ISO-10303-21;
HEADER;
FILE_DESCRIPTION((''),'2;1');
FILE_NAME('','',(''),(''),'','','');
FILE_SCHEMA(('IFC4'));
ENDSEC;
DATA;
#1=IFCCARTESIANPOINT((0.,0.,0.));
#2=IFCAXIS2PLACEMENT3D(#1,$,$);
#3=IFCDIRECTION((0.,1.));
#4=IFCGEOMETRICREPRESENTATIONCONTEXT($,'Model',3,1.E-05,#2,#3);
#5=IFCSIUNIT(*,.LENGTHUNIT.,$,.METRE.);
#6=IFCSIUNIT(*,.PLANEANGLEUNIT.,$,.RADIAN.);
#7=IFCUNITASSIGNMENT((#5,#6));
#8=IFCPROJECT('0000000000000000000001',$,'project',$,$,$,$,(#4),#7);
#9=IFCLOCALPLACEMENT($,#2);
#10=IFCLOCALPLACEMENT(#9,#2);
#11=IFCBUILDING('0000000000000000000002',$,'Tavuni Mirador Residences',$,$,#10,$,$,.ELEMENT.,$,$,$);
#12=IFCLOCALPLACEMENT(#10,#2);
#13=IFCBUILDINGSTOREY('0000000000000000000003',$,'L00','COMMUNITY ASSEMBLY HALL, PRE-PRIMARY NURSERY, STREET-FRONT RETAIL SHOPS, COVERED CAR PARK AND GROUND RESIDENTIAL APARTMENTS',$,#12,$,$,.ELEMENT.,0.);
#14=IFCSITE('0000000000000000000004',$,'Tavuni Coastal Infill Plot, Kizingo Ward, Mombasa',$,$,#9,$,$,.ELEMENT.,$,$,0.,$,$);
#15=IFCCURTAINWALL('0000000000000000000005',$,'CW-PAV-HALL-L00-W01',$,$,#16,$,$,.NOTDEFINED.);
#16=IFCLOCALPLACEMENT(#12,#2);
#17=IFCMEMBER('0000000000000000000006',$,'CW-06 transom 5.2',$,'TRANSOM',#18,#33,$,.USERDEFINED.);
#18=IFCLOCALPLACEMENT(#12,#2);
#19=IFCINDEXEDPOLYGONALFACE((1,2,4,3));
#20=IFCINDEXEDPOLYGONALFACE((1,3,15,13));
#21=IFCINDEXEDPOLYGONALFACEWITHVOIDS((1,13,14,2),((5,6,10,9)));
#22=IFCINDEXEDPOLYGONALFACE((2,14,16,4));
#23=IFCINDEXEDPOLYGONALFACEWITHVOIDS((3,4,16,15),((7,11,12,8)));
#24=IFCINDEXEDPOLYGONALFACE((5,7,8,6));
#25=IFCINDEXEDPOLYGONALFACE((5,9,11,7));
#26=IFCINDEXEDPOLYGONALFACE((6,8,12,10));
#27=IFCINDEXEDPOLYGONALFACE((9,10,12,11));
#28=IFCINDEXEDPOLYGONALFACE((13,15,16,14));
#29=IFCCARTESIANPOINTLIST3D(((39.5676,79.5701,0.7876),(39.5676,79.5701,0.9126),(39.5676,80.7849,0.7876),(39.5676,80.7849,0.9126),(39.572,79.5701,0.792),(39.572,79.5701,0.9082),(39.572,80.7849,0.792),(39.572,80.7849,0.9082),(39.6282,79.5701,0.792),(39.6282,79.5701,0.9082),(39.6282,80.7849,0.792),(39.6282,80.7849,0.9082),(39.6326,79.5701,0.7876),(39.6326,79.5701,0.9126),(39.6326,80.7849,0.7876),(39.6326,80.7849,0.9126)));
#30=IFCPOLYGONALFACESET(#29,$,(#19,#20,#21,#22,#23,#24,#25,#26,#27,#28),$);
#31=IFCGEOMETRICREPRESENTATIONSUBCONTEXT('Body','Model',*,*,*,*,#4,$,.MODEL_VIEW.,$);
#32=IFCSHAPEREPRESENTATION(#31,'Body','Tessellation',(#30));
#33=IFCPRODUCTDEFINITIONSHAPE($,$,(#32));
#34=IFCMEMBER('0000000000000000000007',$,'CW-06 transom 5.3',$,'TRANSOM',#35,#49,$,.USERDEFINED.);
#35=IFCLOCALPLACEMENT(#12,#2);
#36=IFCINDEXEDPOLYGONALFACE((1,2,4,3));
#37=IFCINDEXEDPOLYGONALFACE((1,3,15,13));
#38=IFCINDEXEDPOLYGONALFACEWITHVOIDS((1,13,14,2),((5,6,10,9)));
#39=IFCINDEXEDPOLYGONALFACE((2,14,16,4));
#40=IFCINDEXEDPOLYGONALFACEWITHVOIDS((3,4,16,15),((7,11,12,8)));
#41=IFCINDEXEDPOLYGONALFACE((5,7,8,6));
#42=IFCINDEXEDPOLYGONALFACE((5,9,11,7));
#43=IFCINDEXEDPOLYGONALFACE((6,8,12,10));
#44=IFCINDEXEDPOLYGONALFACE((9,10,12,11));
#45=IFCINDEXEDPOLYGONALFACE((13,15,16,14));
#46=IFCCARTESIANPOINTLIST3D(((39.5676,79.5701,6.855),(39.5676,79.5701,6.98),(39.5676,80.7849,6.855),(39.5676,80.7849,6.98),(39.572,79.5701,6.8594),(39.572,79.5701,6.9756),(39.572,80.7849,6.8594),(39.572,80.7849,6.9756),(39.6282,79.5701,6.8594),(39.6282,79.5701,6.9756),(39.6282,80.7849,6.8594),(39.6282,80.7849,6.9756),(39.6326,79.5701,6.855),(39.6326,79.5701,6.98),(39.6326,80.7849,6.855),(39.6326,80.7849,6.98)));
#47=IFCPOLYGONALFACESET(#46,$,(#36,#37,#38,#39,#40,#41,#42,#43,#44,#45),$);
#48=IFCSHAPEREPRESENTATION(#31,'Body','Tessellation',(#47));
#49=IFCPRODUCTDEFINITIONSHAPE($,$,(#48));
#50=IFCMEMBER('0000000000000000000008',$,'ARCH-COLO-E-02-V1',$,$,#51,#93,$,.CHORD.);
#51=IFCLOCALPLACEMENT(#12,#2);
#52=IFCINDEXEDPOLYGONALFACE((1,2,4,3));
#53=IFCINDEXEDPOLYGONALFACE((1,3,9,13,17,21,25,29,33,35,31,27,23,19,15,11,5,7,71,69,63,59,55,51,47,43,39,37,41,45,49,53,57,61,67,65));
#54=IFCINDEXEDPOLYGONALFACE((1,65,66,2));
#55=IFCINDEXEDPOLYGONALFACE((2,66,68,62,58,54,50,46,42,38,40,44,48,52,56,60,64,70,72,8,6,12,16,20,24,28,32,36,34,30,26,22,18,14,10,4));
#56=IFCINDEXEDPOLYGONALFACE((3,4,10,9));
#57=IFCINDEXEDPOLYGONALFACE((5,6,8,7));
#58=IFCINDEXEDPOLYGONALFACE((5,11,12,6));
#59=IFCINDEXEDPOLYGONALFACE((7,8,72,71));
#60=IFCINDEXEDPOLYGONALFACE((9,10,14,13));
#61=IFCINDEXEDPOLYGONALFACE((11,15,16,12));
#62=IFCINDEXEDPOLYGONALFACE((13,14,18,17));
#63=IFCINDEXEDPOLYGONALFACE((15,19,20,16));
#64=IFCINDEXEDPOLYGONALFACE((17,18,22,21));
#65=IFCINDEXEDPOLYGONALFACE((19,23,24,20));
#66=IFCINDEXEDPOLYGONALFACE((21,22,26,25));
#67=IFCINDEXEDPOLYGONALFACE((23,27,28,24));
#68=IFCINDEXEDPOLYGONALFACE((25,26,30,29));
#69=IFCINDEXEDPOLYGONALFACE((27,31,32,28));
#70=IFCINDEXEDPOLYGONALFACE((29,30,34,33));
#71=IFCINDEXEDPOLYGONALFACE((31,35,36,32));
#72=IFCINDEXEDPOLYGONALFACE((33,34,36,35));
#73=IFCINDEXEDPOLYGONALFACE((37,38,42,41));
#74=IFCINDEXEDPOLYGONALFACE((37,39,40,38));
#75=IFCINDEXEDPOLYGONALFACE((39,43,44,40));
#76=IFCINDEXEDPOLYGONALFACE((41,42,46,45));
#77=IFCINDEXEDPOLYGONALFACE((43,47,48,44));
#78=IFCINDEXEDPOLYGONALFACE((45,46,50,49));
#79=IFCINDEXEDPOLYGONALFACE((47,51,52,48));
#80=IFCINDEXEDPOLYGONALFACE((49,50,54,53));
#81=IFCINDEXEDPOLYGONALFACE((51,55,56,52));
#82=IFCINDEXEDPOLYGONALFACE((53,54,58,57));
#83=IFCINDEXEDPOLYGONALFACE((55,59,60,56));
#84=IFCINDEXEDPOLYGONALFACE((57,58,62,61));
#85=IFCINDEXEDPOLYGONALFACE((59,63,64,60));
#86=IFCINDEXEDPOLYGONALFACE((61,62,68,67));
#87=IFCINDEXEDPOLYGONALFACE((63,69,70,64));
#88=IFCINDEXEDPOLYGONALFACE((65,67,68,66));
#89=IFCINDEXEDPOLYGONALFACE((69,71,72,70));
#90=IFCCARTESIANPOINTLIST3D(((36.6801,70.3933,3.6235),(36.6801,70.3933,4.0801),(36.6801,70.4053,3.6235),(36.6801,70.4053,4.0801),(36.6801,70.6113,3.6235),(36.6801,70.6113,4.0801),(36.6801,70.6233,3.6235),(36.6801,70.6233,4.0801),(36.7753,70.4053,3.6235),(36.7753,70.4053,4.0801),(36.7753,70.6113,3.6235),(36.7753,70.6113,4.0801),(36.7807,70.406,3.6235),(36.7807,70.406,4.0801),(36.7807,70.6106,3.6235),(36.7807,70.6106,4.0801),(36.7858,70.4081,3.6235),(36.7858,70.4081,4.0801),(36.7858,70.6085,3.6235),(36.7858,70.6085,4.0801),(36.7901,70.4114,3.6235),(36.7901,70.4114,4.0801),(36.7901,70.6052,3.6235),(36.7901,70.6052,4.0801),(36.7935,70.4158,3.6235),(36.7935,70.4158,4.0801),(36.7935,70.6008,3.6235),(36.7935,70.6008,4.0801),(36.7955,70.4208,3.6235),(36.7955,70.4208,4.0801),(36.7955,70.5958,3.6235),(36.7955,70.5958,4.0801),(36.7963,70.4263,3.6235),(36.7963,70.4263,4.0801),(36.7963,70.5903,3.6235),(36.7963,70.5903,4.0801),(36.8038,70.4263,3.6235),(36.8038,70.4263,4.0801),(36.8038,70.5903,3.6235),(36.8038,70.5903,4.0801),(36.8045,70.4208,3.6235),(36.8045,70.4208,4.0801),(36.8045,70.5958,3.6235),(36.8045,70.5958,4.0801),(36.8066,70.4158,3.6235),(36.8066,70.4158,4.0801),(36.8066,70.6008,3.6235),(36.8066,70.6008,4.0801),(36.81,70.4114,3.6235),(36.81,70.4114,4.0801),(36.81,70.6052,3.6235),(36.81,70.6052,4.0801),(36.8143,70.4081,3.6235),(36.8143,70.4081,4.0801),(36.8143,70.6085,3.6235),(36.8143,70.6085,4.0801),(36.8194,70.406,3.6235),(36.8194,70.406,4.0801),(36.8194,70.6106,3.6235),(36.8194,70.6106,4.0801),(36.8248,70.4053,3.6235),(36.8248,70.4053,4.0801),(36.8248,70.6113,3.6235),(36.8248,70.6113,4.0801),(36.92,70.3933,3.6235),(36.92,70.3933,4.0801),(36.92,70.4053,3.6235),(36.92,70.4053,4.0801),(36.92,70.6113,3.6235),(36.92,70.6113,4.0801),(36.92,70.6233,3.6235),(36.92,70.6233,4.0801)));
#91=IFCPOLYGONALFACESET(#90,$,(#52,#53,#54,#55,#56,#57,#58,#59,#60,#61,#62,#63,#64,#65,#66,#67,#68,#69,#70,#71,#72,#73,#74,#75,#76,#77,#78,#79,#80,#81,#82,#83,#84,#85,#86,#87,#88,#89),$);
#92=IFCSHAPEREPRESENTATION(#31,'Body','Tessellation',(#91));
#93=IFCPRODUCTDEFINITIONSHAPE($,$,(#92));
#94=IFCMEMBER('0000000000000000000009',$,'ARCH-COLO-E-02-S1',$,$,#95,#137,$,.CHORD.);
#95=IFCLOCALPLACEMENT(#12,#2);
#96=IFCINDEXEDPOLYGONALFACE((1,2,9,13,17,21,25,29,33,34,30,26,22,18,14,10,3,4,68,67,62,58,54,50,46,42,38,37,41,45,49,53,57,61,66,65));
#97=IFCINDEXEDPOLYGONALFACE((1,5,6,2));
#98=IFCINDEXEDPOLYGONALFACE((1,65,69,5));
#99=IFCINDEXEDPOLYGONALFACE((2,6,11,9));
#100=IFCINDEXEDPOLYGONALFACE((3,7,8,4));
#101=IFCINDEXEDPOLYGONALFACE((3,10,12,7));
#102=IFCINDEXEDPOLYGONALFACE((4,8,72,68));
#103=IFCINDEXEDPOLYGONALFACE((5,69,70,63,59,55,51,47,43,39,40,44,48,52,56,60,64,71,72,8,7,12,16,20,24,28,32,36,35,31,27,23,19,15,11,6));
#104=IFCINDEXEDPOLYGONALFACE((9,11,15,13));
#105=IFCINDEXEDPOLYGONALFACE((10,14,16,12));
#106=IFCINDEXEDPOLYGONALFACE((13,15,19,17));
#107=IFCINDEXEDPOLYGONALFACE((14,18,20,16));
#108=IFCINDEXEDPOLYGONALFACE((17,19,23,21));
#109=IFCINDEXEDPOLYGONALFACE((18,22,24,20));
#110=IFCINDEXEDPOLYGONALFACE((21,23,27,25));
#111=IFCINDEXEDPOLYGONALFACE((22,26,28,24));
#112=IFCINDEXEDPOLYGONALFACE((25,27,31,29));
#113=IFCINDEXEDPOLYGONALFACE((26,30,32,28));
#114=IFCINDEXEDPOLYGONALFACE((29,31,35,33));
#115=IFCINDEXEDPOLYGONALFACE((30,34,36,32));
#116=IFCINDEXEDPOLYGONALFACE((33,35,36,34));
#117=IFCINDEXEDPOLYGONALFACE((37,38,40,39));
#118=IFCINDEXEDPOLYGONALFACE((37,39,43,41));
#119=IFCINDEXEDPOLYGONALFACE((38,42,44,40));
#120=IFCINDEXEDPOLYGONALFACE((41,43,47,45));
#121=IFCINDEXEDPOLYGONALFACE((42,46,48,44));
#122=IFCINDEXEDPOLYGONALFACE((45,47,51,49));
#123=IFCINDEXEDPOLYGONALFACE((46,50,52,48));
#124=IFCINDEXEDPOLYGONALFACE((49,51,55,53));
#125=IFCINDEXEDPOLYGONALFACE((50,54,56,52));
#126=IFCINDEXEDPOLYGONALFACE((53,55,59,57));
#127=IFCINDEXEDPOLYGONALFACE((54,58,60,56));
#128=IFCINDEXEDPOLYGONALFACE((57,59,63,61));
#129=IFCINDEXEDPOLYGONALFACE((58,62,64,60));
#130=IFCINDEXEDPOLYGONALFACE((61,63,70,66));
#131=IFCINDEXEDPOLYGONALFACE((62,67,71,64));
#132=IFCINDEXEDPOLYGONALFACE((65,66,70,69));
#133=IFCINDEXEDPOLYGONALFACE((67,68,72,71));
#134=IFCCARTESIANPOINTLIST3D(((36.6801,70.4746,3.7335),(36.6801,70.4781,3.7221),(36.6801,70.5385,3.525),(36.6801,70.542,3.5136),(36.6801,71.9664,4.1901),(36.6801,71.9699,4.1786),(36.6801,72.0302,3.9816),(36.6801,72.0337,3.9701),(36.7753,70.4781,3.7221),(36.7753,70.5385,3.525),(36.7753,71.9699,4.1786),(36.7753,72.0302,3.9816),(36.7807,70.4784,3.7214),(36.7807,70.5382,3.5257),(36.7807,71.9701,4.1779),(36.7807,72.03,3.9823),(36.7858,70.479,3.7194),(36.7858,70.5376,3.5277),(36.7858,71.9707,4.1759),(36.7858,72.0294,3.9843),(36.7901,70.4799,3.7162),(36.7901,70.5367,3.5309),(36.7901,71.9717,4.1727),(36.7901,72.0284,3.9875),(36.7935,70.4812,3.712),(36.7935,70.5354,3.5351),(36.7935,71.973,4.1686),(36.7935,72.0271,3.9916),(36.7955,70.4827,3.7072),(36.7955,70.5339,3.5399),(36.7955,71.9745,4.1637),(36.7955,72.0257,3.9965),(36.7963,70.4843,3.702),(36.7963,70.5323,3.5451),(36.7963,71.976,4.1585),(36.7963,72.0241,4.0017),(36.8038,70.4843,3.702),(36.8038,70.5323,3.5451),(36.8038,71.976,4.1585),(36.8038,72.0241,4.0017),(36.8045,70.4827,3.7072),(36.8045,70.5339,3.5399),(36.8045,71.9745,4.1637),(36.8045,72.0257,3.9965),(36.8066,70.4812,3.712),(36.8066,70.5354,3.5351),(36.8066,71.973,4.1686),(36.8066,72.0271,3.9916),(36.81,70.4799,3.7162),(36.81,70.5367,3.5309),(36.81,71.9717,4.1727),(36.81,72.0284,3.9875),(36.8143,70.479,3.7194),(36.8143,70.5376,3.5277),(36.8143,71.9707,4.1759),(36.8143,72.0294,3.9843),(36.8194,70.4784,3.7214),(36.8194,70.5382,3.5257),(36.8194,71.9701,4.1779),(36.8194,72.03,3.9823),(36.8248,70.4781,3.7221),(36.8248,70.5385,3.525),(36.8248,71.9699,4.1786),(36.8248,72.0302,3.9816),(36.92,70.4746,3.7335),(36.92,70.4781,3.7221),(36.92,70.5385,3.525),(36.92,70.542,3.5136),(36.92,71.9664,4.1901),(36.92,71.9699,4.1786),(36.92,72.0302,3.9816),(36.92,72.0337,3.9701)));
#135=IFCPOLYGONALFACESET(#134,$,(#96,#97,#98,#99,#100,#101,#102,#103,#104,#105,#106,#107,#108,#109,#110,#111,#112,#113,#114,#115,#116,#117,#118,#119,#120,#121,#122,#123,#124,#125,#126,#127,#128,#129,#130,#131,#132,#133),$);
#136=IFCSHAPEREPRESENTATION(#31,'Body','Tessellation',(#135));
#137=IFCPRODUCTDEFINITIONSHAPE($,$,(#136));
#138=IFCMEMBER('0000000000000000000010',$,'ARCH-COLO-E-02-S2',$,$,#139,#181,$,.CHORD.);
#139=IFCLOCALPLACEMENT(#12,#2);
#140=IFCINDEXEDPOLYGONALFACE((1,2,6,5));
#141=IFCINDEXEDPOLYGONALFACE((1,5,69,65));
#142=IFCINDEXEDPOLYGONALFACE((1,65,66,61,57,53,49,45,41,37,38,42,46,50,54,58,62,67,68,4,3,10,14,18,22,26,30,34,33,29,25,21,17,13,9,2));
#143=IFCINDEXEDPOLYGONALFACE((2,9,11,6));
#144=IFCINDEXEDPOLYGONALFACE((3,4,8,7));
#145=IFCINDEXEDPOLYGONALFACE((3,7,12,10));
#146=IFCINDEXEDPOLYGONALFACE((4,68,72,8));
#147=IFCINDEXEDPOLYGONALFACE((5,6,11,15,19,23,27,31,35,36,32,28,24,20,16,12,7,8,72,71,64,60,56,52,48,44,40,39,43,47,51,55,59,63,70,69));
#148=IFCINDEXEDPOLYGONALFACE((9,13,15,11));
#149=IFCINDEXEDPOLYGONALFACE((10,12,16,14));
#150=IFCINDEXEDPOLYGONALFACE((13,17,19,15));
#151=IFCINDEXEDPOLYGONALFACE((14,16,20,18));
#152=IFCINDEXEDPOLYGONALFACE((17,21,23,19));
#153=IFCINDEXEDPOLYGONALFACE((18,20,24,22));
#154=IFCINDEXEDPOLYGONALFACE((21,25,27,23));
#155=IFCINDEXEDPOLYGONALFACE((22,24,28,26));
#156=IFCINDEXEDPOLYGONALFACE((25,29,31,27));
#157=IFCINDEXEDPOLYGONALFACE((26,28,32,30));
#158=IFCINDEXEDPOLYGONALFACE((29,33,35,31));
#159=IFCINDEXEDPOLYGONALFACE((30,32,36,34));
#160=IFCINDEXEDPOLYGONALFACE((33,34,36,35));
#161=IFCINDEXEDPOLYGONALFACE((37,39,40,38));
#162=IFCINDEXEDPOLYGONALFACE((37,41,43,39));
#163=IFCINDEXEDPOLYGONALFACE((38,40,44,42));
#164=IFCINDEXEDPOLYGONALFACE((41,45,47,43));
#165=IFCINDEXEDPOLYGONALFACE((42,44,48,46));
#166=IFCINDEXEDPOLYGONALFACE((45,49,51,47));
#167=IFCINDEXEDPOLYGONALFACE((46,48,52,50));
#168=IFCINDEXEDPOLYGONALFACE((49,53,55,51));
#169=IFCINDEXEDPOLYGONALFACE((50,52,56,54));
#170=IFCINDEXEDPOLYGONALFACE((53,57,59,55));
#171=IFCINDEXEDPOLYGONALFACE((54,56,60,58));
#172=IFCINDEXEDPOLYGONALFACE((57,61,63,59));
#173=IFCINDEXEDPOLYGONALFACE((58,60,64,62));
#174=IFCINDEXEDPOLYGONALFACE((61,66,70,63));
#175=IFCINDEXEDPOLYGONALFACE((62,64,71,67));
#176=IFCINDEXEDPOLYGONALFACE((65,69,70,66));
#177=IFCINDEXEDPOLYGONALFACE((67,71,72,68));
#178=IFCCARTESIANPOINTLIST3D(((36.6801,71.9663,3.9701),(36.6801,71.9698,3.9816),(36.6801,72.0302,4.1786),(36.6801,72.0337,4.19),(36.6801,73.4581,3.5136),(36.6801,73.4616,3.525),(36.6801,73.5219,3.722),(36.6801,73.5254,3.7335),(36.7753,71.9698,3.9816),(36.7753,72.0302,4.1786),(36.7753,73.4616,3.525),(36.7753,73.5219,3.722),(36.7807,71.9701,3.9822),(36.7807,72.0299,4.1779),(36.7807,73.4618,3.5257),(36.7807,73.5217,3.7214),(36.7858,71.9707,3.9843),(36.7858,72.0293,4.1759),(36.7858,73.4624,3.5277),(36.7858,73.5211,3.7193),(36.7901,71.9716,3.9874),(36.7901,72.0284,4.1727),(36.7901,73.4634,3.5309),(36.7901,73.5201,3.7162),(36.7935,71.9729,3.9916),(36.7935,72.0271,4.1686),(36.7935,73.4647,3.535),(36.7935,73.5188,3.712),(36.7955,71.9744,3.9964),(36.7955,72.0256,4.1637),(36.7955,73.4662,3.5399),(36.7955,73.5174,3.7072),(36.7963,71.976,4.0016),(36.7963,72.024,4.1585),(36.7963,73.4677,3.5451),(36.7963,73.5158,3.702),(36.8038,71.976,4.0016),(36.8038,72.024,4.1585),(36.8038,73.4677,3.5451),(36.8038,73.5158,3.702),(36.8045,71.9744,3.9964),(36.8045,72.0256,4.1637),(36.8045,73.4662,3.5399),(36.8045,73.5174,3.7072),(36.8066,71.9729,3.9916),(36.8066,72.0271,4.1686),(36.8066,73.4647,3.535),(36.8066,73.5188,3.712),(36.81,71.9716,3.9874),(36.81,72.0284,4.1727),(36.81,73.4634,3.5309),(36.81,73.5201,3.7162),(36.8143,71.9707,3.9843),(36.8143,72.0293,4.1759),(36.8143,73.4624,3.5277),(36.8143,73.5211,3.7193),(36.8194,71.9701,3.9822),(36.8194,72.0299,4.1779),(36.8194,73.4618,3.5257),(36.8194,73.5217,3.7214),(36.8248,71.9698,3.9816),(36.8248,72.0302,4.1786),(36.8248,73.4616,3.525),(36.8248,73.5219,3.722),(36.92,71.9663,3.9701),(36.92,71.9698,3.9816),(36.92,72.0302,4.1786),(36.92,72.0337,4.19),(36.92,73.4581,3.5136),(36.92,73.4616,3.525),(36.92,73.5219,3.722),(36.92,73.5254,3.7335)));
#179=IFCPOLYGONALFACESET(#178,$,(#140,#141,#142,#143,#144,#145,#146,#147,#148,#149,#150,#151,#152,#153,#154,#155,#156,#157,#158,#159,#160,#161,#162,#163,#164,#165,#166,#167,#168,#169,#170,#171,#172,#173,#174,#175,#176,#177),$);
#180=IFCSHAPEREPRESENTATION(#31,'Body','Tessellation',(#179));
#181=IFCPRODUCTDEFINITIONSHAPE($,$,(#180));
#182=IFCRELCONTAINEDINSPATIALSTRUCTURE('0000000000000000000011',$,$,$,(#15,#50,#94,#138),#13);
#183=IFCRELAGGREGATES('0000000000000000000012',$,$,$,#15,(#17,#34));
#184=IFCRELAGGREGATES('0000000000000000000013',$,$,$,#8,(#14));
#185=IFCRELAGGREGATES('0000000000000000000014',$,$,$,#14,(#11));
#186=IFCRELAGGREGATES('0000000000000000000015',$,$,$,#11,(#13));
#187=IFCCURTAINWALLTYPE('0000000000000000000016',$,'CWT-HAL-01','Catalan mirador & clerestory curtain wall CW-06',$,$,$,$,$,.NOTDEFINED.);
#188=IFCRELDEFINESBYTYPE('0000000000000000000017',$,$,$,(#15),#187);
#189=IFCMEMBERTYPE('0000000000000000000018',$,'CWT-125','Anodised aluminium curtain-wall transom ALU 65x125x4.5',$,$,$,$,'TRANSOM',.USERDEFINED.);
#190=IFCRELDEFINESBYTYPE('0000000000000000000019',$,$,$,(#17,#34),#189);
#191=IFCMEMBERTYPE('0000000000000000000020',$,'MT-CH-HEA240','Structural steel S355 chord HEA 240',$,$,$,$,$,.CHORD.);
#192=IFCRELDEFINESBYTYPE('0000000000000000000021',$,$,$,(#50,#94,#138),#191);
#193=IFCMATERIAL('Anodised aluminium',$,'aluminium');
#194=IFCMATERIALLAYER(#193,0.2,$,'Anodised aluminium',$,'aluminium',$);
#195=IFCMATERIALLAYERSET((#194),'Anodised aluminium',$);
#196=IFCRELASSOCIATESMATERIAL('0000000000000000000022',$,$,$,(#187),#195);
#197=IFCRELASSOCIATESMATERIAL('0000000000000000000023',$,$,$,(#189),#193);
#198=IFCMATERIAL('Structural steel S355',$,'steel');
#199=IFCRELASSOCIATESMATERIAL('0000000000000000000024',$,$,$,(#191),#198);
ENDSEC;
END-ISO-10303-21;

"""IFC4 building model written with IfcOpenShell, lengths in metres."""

from ifc_helpers import new_model, si_unit, direction, frame, origin, origin_2d, place, context, subcontext, project, spatial, hollow_rectangle, i_section, extrude, material, layer, layer_set, material_profile, profile_set, type_object, element, aggregate, save


model = new_model("IFC4")

# Units and contexts
model_context = context("Model", 3, precision=1e-05, world=origin(), true_north=direction((0.0, 1.0)))
body_context = subcontext(model_context, "Body", "Model", "MODEL_VIEW")
ifc_project = project(units=[si_unit("LENGTHUNIT", "METRE"), si_unit("PLANEANGLEUNIT", "RADIAN")], contexts=[model_context])

# Site, building, storey
site_placement = place(None, origin())
site = spatial("IfcSite", under=ifc_project, at=site_placement, Name="Tavuni Coastal Infill Plot, Kizingo Ward, Mombasa", CompositionType="ELEMENT", RefElevation=0.0)
building_placement = place(site_placement, origin())
building = spatial("IfcBuilding", under=site, at=building_placement, Name="Tavuni Mirador Residences", CompositionType="ELEMENT")
storey_placement = place(building_placement, origin())
storey = spatial("IfcBuildingStorey", under=building, at=storey_placement, Name="L00", Description="COMMUNITY ASSEMBLY HALL, PRE-PRIMARY NURSERY, STREET-FRONT RETAIL SHOPS, COVERED CAR PARK AND GROUND RESIDENTIAL APARTMENTS", CompositionType="ELEMENT", Elevation=0.0)

# Curtain wall, members
ifc_material_1 = material(Name="Anodised aluminium", Category="aluminium")
ifc_layer_1 = layer(ifc_material_1, 0.2, Name="Anodised aluminium", Category="aluminium")
ifc_layer_set_1 = layer_set([ifc_layer_1], Name="Anodised aluminium")
curtain_wall_type = type_object("IfcCurtainWallType", Name="CWT-HAL-01", Description="Catalan mirador & clerestory curtain wall CW-06", PredefinedType="NOTDEFINED", material=ifc_layer_set_1)
curtain_wall_placement = place(storey_placement, origin())
curtain_wall = element("IfcCurtainWall", 1, at=curtain_wall_placement, inside=storey, type_object=curtain_wall_type, Name="CW-PAV-HALL-L00-W01", PredefinedType="NOTDEFINED")
ifc_material_profile_1 = material_profile(ifc_material_1, hollow_rectangle(XDim=0.0649, YDim=0.125, WallThickness=0.0044, at=origin_2d()), Name="ALU 65x125x4.5", Category="aluminium")
ifc_profile_set_1 = profile_set([ifc_material_profile_1], Name="Anodised aluminium")
member_type_1 = type_object("IfcMemberType", Name="CWT-125", Description="Anodised aluminium curtain-wall transom ALU 65x125x4.5", ElementType="TRANSOM", PredefinedType="USERDEFINED", material=ifc_profile_set_1)
member_1_placement = place(storey_placement, frame((39.6001, 80.7849, 0.8501), z_axis=(0.0, -1.0, 0.0), x_axis=(1.0, 0.0, 0.0)))
member_1 = element("IfcMember", 2, at=member_1_placement, type_object=member_type_1, Name="CW-06 transom 5.2", ObjectType="TRANSOM", PredefinedType="USERDEFINED", context=body_context, shape_type="SweptSolid", body=[
    extrude(hollow_rectangle(XDim=0.0649, YDim=0.125, WallThickness=0.0044, at=origin_2d()), origin(), (0.0, 0.0, 1.0), 1.2148),
])
member_2_placement = place(storey_placement, frame((39.6001, 80.7849, 6.9175), z_axis=(0.0, -1.0, 0.0), x_axis=(1.0, 0.0, 0.0)))
member_2 = element("IfcMember", 3, at=member_2_placement, type_object=member_type_1, Name="CW-06 transom 5.3", ObjectType="TRANSOM", PredefinedType="USERDEFINED", context=body_context, shape_type="SweptSolid", body=[
    extrude(hollow_rectangle(XDim=0.0649, YDim=0.125, WallThickness=0.0044, at=origin_2d()), origin(), (0.0, 0.0, 1.0), 1.2148),
])

# Members
ifc_material_2 = material(Name="Structural steel S355", Category="steel")
ifc_material_profile_2 = material_profile(ifc_material_2, i_section(OverallWidth=0.24, OverallDepth=0.23, WebThickness=0.0076, FlangeThickness=0.012, FilletRadius=0.021, at=origin_2d()), Name="HEA 240", Category="steel")
ifc_profile_set_2 = profile_set([ifc_material_profile_2], Name="Structural steel S355")
member_type_2 = type_object("IfcMemberType", Name="MT-CH-HEA240", Description="Structural steel S355 chord HEA 240", PredefinedType="CHORD", material=ifc_profile_set_2)
member_3_placement = place(storey_placement, frame((36.8, 70.5083, 3.6235), z_axis=(0.0, 0.0, 1.0), x_axis=(1.0, 0.0, 0.0)))
element("IfcMember", 4, at=member_3_placement, inside=storey, type_object=member_type_2, Name="ARCH-COLO-E-02-V1", PredefinedType="CHORD", context=body_context, shape_type="SweptSolid", body=[
    extrude(i_section(OverallWidth=0.24, OverallDepth=0.23, WebThickness=0.0076, FlangeThickness=0.012, FilletRadius=0.021, at=origin_2d()), origin(), (0.0, 0.0, 1.0), 0.4565),
])
for number, where, z_axis, x_axis, name in (
    (5, (36.8, 70.5083, 3.6235), (0.0, 0.956218, 0.292656), (-1.0, 0.0, 0.0), "ARCH-COLO-E-02-S1"),
    (6, (36.8, 72.0, 4.0801), (0.0, 0.956218, -0.292656), (-1.0, 0.0, 0.0), "ARCH-COLO-E-02-S2"),
):
    element("IfcMember", number, at=place(storey_placement, frame(where, z_axis=z_axis, x_axis=x_axis)), inside=storey, type_object=member_type_2, Name=name, PredefinedType="CHORD", context=body_context, shape_type="SweptSolid", body=[
        extrude(i_section(OverallWidth=0.24, OverallDepth=0.23, WebThickness=0.0076, FlangeThickness=0.012, FilletRadius=0.021, at=origin_2d()), origin(), (0.0, 0.0, 1.0), 1.5601),
    ])

aggregate(curtain_wall, [member_1, member_2])

save(model, "model.ifc")
